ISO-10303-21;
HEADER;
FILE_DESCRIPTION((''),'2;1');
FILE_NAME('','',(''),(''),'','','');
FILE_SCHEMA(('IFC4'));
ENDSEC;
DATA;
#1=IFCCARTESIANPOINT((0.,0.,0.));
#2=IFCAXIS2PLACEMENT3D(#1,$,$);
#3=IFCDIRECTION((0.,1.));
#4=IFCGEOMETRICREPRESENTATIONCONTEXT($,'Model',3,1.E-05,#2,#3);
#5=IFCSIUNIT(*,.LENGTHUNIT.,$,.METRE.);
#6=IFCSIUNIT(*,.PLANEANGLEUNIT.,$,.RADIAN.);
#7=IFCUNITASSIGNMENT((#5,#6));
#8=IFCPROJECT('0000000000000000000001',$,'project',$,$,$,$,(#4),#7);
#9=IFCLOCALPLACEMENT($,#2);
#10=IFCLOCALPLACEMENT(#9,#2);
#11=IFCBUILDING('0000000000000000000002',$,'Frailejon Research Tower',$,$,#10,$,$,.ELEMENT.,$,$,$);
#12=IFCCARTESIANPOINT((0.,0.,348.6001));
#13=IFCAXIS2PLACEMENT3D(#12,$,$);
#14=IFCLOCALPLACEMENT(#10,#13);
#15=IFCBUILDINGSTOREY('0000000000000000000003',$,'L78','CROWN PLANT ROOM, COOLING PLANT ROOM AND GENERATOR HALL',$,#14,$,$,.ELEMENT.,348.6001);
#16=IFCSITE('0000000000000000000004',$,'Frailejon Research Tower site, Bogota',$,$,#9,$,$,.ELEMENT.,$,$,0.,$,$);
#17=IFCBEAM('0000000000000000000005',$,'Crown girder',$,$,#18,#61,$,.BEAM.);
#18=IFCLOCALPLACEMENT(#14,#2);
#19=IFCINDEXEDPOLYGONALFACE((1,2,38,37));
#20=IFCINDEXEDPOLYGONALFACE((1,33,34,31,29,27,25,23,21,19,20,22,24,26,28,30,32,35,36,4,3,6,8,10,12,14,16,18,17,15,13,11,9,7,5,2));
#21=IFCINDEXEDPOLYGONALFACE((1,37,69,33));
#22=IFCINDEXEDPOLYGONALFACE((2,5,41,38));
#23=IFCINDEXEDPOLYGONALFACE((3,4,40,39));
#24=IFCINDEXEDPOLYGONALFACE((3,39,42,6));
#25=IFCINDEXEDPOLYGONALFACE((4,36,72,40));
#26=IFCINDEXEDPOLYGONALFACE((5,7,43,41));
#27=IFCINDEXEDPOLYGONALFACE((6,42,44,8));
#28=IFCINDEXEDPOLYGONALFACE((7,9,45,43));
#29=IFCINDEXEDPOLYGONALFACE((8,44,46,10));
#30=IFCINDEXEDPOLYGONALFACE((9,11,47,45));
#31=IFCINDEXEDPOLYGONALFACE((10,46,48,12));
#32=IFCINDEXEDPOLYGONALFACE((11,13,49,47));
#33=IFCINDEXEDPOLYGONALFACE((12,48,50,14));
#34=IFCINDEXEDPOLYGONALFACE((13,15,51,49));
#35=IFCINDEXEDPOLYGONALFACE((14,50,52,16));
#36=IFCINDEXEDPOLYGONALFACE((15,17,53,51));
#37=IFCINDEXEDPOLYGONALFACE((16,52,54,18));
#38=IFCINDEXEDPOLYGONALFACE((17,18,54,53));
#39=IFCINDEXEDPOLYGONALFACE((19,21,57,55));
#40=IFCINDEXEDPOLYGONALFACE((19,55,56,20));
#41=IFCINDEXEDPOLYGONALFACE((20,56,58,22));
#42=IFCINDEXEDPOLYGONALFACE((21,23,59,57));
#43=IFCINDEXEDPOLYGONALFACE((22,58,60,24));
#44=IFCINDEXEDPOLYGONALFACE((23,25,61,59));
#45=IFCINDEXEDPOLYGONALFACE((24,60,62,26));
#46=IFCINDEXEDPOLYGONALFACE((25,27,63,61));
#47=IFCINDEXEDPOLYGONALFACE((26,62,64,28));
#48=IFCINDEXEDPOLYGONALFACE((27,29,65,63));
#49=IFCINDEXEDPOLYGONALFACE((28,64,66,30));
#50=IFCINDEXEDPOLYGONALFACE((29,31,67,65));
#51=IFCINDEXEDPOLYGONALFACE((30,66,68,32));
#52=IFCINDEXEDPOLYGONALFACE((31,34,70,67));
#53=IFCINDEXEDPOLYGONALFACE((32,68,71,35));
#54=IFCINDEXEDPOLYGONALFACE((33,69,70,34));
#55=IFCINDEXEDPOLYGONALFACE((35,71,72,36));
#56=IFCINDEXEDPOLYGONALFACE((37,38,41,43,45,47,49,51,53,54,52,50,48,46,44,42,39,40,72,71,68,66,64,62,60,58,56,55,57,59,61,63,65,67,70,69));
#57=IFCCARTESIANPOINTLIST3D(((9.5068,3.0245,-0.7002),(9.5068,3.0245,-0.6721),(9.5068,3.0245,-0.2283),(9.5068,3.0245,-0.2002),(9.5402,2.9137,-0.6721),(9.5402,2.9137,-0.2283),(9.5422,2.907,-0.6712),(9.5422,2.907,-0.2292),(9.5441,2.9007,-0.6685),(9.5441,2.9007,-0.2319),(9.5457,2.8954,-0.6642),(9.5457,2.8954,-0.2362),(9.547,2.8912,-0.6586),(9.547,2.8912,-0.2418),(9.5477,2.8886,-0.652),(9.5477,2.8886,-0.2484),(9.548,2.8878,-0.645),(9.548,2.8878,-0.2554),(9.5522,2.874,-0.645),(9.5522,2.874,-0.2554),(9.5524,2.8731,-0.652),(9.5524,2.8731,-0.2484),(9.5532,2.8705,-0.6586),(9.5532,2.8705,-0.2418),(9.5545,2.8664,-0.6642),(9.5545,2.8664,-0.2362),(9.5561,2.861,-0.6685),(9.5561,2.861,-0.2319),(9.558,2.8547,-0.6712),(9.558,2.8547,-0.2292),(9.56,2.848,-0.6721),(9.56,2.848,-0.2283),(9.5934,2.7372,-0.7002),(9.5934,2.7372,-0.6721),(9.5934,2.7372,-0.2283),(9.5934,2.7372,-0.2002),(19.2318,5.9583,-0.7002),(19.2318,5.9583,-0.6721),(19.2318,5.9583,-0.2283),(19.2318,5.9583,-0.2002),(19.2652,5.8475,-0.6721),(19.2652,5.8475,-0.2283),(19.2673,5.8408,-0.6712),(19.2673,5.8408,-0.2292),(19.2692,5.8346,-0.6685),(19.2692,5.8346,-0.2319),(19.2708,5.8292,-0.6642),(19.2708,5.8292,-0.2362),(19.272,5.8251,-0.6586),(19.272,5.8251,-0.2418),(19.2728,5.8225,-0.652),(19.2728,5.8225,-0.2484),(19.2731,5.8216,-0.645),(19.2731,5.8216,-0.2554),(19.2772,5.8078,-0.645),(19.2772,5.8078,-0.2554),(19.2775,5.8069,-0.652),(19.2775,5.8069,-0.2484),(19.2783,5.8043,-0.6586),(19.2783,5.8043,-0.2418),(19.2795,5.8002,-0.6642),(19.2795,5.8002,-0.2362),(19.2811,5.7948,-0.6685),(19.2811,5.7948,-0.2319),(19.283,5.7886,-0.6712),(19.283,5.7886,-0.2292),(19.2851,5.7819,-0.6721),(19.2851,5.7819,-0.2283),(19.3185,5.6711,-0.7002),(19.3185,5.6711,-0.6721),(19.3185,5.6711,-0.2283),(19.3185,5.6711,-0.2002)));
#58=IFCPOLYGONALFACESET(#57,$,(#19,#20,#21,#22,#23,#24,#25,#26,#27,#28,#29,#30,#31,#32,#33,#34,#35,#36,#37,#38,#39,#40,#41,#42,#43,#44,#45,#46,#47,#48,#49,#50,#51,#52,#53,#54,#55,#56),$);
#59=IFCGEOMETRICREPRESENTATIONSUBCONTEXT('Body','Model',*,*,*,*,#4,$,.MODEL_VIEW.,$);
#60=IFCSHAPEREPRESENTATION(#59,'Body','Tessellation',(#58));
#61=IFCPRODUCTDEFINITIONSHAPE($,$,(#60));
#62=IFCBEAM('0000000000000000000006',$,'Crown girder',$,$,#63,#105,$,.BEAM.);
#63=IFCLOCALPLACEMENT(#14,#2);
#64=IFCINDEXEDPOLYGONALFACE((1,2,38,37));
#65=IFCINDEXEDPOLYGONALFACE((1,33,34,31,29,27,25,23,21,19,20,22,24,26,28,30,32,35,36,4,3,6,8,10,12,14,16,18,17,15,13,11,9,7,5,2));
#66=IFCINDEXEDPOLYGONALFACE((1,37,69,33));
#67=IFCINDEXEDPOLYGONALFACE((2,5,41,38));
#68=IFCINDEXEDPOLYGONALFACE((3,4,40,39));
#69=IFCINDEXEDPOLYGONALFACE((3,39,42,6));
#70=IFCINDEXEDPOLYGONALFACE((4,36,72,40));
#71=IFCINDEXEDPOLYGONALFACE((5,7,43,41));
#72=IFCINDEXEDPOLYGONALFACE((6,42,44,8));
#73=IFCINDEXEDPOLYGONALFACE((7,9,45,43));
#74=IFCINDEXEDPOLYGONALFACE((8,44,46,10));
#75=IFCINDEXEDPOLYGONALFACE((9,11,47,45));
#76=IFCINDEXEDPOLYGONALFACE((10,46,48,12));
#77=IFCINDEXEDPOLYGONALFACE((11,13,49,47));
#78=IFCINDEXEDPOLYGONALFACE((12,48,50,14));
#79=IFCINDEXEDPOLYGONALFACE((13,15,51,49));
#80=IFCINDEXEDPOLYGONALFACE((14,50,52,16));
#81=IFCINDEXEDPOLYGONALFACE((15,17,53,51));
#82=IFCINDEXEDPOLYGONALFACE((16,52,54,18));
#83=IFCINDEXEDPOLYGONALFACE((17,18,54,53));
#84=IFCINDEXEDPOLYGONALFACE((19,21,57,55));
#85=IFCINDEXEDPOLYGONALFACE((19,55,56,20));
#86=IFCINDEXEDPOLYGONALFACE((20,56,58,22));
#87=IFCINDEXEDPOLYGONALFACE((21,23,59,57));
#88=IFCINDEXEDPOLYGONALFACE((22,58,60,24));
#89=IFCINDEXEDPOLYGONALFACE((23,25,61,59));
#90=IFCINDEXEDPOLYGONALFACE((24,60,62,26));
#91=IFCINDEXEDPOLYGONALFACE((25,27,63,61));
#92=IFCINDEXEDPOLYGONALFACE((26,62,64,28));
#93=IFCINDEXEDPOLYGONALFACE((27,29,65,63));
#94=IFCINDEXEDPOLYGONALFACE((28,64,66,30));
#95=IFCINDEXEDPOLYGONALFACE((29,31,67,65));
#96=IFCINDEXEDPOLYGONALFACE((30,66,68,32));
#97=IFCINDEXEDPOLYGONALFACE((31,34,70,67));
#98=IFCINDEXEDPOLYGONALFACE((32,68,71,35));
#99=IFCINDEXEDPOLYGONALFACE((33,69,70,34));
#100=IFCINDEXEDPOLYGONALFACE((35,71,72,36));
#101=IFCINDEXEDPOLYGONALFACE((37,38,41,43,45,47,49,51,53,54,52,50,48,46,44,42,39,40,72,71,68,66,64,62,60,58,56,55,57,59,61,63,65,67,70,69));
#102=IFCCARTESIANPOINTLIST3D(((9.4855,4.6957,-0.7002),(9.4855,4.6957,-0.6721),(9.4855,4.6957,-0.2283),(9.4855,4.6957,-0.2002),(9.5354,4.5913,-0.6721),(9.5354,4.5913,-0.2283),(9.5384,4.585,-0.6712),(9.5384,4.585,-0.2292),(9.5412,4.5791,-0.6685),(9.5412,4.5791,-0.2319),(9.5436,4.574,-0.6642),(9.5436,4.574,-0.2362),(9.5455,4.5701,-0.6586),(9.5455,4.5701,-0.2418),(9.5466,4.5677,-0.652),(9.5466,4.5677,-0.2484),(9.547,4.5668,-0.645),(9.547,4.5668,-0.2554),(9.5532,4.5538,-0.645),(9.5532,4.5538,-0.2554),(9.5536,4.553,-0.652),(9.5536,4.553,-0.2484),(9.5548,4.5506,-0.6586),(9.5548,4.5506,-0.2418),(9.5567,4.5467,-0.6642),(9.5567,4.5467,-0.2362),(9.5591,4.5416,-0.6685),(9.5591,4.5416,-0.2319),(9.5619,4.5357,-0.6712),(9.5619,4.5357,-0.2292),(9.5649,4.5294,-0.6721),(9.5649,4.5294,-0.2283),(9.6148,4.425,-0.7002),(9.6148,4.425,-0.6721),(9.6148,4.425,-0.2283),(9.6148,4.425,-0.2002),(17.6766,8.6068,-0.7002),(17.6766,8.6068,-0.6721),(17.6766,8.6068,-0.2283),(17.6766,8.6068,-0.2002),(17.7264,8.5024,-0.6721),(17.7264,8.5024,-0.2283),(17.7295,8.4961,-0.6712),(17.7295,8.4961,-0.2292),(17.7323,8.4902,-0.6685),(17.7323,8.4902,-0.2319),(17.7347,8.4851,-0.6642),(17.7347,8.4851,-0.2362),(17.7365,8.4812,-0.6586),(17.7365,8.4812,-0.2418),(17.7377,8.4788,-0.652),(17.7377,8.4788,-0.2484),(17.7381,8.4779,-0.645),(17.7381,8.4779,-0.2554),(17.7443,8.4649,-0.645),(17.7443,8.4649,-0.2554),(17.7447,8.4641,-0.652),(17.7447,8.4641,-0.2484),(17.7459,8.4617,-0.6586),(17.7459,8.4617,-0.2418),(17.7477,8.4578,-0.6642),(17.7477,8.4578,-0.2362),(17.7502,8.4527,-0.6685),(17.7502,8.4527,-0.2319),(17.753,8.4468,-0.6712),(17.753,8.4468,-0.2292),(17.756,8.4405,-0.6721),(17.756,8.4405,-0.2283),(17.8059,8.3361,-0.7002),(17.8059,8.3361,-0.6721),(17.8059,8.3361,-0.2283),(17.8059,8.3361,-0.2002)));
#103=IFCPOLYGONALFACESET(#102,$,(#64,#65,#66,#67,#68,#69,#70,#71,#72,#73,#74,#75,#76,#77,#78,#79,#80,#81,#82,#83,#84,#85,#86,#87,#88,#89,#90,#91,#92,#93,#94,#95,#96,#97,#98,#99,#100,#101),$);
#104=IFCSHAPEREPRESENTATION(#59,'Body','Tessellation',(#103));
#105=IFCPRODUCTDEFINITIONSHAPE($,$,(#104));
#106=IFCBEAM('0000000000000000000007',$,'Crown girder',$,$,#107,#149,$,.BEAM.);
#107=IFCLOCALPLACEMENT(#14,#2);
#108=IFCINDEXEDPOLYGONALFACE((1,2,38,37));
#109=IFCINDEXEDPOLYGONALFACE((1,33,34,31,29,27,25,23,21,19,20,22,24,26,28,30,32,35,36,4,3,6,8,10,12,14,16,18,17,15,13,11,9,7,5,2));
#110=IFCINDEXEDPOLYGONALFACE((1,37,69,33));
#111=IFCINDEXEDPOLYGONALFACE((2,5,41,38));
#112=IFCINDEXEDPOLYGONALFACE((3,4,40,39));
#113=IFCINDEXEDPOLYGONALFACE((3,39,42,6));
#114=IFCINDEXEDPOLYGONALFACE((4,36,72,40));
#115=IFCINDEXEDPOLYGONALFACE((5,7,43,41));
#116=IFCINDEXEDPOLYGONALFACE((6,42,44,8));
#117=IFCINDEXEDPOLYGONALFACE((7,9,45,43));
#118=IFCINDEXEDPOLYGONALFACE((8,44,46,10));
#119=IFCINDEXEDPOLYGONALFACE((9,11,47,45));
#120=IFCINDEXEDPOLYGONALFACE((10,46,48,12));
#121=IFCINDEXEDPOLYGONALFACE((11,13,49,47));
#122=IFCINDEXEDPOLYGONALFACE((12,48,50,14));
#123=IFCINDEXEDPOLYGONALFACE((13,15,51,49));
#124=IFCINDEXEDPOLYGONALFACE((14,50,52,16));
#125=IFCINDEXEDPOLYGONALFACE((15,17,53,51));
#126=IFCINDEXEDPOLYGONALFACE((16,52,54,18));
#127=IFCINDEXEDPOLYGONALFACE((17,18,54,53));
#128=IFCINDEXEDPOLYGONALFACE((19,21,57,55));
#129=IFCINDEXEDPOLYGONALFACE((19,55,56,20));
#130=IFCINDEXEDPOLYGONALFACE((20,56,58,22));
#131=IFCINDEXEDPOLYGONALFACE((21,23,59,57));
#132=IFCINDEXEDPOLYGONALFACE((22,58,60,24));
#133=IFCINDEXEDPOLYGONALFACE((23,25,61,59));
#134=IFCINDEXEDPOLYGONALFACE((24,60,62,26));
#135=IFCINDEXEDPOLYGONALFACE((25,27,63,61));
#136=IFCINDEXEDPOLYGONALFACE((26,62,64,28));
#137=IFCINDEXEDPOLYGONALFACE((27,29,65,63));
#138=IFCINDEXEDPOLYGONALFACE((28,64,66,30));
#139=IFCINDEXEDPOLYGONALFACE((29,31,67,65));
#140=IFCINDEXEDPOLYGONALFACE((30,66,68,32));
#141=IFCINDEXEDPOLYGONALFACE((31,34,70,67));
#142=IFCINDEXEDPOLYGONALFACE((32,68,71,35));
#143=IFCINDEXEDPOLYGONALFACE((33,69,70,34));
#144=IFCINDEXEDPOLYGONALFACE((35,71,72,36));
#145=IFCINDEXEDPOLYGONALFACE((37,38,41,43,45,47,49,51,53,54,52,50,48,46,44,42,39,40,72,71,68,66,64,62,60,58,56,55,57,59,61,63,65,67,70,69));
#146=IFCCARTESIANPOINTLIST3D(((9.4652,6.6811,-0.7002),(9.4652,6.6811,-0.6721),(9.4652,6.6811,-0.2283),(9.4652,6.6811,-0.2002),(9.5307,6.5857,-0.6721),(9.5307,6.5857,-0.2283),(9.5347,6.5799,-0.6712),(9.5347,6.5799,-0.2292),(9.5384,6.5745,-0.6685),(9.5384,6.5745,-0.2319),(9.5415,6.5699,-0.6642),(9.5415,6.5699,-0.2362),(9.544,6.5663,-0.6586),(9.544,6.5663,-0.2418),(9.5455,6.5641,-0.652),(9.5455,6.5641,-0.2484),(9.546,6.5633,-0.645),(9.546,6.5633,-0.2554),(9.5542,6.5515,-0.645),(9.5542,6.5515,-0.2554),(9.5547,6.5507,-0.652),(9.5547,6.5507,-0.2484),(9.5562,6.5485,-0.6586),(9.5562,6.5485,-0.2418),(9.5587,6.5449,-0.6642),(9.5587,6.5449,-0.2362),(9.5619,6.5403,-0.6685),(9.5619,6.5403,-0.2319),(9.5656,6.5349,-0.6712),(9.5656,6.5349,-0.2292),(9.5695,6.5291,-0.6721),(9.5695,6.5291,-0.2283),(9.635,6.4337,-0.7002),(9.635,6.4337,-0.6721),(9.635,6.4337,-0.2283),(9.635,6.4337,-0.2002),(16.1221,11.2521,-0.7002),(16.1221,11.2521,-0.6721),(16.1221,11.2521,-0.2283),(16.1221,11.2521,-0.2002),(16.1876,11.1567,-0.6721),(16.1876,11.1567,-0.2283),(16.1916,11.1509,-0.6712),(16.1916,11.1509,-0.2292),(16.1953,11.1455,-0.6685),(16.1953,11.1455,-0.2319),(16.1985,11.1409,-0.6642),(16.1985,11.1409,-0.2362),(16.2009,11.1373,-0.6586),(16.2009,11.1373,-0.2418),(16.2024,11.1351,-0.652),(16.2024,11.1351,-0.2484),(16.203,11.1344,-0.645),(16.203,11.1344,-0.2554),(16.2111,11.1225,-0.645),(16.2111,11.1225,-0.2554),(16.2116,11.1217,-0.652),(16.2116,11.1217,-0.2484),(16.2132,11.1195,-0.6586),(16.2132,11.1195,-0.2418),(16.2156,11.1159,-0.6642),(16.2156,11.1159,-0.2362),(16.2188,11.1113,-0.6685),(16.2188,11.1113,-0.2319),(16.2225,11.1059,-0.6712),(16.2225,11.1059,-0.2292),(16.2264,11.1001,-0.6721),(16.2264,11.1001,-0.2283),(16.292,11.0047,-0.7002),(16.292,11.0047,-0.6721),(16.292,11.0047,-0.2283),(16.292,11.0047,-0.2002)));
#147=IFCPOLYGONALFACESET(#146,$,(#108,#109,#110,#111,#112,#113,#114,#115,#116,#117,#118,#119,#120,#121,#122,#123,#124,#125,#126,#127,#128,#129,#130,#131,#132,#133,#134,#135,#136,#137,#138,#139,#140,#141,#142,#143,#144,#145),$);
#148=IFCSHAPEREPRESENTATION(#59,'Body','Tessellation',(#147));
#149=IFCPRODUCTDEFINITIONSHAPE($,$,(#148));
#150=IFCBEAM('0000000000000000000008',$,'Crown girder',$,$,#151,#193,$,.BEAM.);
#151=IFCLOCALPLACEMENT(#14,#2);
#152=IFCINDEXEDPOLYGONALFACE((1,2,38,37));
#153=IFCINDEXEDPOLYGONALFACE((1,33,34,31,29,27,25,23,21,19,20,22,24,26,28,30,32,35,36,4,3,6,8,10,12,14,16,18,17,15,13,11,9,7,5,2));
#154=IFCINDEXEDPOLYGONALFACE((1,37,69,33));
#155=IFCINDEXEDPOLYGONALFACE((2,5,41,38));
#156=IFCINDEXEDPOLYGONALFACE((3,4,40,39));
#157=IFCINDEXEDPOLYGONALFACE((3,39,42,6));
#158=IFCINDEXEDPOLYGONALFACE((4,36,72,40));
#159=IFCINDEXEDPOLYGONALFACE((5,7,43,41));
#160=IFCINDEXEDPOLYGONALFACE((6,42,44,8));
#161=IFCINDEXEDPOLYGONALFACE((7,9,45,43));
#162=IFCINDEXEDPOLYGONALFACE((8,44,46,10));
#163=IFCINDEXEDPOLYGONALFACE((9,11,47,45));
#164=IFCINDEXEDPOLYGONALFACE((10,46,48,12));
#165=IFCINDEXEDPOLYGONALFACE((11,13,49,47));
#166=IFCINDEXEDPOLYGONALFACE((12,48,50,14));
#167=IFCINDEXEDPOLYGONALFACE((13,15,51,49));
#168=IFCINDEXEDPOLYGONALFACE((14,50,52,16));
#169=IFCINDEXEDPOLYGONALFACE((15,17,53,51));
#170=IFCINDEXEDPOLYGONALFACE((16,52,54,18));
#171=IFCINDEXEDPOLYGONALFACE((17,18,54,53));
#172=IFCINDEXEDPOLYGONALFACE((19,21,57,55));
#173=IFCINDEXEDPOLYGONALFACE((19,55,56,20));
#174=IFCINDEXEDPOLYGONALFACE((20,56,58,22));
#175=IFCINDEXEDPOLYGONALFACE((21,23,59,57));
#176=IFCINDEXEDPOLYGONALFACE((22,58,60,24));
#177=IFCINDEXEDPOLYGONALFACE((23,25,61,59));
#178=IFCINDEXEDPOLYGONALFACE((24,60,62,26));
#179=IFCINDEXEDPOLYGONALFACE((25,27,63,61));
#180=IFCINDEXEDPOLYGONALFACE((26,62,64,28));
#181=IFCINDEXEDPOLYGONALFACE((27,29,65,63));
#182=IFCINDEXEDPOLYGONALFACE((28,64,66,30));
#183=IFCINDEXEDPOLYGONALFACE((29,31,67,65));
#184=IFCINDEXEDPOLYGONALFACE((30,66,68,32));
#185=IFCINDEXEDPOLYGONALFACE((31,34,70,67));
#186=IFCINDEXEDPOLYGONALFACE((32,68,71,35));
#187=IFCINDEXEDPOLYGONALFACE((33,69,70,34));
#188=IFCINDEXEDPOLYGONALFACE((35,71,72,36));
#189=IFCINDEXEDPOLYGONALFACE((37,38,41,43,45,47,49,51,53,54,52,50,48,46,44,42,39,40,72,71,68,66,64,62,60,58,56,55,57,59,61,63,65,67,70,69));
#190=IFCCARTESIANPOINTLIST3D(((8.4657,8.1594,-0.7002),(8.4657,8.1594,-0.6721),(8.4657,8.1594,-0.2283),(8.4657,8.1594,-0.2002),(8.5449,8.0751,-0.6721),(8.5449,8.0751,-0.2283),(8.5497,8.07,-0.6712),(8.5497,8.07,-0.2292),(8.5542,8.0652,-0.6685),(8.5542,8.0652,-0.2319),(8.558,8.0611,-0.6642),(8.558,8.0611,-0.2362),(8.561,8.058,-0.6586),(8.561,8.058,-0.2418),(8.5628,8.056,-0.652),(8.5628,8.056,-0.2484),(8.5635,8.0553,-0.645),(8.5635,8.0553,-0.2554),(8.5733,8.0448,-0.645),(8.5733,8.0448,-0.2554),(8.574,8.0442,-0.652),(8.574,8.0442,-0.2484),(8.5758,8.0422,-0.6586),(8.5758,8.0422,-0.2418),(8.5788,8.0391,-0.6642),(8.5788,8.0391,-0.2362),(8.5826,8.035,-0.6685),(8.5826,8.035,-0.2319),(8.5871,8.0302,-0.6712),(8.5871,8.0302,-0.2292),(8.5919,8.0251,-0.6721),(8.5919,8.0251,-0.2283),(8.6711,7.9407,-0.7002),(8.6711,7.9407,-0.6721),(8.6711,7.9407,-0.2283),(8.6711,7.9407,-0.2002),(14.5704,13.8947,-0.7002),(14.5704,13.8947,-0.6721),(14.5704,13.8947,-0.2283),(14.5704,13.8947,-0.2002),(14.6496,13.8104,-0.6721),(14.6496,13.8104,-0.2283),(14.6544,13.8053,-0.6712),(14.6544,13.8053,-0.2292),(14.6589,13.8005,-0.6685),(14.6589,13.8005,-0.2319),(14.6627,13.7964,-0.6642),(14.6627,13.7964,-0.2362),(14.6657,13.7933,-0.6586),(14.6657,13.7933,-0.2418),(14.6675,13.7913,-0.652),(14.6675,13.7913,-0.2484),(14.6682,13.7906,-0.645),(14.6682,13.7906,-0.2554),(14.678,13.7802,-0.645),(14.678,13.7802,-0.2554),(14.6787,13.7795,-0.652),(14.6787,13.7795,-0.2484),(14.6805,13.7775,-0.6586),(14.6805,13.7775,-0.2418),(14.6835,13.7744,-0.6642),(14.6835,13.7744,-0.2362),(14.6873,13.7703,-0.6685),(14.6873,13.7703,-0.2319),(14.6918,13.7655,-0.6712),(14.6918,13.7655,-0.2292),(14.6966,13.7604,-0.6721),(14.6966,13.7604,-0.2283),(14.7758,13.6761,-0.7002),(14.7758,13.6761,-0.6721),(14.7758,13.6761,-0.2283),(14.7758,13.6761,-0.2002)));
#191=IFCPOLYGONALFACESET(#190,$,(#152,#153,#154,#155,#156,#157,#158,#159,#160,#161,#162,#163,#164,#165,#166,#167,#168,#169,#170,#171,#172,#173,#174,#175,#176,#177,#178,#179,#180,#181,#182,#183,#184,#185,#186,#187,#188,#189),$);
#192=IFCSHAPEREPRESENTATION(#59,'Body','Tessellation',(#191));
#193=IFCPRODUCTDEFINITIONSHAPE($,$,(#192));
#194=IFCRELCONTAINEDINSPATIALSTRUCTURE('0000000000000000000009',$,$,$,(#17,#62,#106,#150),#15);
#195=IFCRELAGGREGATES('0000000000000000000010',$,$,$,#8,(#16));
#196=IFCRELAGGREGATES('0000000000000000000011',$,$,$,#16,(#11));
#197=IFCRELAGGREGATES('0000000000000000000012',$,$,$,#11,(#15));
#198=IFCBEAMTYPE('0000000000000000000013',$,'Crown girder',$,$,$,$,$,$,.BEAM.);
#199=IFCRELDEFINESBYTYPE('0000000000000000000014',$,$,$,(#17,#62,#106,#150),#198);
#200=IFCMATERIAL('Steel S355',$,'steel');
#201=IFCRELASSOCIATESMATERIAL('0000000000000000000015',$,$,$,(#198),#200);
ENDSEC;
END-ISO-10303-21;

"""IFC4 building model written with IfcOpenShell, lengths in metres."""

from ifc_helpers import new_model, si_unit, direction, frame, origin, origin_2d, place, context, subcontext, project, spatial, i_section, extrude, material, material_profile, profile_set, type_object, element, save


model = new_model("IFC4")

# Units and contexts
model_context = context("Model", 3, precision=1e-05, world=origin(), true_north=direction((0.0, 1.0)))
body_context = subcontext(model_context, "Body", "Model", "MODEL_VIEW")
ifc_project = project(units=[si_unit("LENGTHUNIT", "METRE"), si_unit("PLANEANGLEUNIT", "RADIAN")], contexts=[model_context])

# Site, building, storey
site_placement = place(None, origin())
site = spatial("IfcSite", under=ifc_project, at=site_placement, Name="Frailejon Research Tower site, Bogota", CompositionType="ELEMENT", RefElevation=0.0)
building_placement = place(site_placement, origin())
building = spatial("IfcBuilding", under=site, at=building_placement, Name="Frailejon Research Tower", CompositionType="ELEMENT")
storey_placement = place(building_placement, frame((0.0, 0.0, 348.6001)))
storey = spatial("IfcBuildingStorey", under=building, at=storey_placement, Name="L78", Description="CROWN PLANT ROOM, COOLING PLANT ROOM AND GENERATOR HALL", CompositionType="ELEMENT", Elevation=348.6001)

# Beams
ifc_material_1 = material(Name="Steel S355", Category="steel")
ifc_material_profile_1 = material_profile(ifc_material_1, i_section(OverallWidth=0.3, OverallDepth=0.5, WebThickness=0.0144, FlangeThickness=0.0281, FilletRadius=0.0271, at=origin_2d()), Name="HE 500 B")
ifc_profile_set_1 = profile_set([ifc_material_profile_1], Name="Steel S355")
beam_type_1 = type_object("IfcBeamType", Name="Crown girder", PredefinedType="BEAM", material=ifc_profile_set_1)
beam_1_placement = place(storey_placement, frame((19.2751, 5.8147, -0.4502), z_axis=(-0.957383, -0.28882, 0.0), x_axis=(0.28882, -0.957383, 0.0)))
element("IfcBeam", 1, at=beam_1_placement, inside=storey, type_object=beam_type_1, Name="Crown girder", PredefinedType="BEAM", context=body_context, shape_type="SweptSolid", body=[
    extrude(i_section(OverallWidth=0.3, OverallDepth=0.5, WebThickness=0.0144, FlangeThickness=0.0281, FilletRadius=0.0271, at=origin_2d()), origin(), (0.0, 0.0, 1.0), 10.158),
])
beam_2_placement = place(storey_placement, frame((17.7412, 8.4714, -0.4502), z_axis=(-0.902408, -0.430883, 0.0), x_axis=(0.430883, -0.902408, 0.0)))
element("IfcBeam", 2, at=beam_2_placement, inside=storey, type_object=beam_type_1, Name="Crown girder", PredefinedType="BEAM", context=body_context, shape_type="SweptSolid", body=[
    extrude(i_section(OverallWidth=0.3, OverallDepth=0.5, WebThickness=0.0144, FlangeThickness=0.0281, FilletRadius=0.0271, at=origin_2d()), origin(), (0.0, 0.0, 1.0), 9.0769),
])
beam_3_placement = place(storey_placement, frame((16.207, 11.1284, -0.4502), z_axis=(-0.824367, -0.566055, 0.0), x_axis=(0.566055, -0.824367, 0.0)))
element("IfcBeam", 3, at=beam_3_placement, inside=storey, type_object=beam_type_1, Name="Crown girder", PredefinedType="BEAM", context=body_context, shape_type="SweptSolid", body=[
    extrude(i_section(OverallWidth=0.3, OverallDepth=0.5, WebThickness=0.0144, FlangeThickness=0.0281, FilletRadius=0.0271, at=origin_2d()), origin(), (0.0, 0.0, 1.0), 8.0752),
])
beam_4_placement = place(storey_placement, frame((14.6731, 13.7854, -0.4502), z_axis=(-0.728812, -0.684713, 0.0), x_axis=(0.684713, -0.728812, 0.0)))
element("IfcBeam", 4, at=beam_4_placement, inside=storey, type_object=beam_type_1, Name="Crown girder", PredefinedType="BEAM", context=body_context, shape_type="SweptSolid", body=[
    extrude(i_section(OverallWidth=0.3, OverallDepth=0.5, WebThickness=0.0144, FlangeThickness=0.0281, FilletRadius=0.0271, at=origin_2d()), origin(), (0.0, 0.0, 1.0), 8.3762),
])

save(model, "model.ifc")
